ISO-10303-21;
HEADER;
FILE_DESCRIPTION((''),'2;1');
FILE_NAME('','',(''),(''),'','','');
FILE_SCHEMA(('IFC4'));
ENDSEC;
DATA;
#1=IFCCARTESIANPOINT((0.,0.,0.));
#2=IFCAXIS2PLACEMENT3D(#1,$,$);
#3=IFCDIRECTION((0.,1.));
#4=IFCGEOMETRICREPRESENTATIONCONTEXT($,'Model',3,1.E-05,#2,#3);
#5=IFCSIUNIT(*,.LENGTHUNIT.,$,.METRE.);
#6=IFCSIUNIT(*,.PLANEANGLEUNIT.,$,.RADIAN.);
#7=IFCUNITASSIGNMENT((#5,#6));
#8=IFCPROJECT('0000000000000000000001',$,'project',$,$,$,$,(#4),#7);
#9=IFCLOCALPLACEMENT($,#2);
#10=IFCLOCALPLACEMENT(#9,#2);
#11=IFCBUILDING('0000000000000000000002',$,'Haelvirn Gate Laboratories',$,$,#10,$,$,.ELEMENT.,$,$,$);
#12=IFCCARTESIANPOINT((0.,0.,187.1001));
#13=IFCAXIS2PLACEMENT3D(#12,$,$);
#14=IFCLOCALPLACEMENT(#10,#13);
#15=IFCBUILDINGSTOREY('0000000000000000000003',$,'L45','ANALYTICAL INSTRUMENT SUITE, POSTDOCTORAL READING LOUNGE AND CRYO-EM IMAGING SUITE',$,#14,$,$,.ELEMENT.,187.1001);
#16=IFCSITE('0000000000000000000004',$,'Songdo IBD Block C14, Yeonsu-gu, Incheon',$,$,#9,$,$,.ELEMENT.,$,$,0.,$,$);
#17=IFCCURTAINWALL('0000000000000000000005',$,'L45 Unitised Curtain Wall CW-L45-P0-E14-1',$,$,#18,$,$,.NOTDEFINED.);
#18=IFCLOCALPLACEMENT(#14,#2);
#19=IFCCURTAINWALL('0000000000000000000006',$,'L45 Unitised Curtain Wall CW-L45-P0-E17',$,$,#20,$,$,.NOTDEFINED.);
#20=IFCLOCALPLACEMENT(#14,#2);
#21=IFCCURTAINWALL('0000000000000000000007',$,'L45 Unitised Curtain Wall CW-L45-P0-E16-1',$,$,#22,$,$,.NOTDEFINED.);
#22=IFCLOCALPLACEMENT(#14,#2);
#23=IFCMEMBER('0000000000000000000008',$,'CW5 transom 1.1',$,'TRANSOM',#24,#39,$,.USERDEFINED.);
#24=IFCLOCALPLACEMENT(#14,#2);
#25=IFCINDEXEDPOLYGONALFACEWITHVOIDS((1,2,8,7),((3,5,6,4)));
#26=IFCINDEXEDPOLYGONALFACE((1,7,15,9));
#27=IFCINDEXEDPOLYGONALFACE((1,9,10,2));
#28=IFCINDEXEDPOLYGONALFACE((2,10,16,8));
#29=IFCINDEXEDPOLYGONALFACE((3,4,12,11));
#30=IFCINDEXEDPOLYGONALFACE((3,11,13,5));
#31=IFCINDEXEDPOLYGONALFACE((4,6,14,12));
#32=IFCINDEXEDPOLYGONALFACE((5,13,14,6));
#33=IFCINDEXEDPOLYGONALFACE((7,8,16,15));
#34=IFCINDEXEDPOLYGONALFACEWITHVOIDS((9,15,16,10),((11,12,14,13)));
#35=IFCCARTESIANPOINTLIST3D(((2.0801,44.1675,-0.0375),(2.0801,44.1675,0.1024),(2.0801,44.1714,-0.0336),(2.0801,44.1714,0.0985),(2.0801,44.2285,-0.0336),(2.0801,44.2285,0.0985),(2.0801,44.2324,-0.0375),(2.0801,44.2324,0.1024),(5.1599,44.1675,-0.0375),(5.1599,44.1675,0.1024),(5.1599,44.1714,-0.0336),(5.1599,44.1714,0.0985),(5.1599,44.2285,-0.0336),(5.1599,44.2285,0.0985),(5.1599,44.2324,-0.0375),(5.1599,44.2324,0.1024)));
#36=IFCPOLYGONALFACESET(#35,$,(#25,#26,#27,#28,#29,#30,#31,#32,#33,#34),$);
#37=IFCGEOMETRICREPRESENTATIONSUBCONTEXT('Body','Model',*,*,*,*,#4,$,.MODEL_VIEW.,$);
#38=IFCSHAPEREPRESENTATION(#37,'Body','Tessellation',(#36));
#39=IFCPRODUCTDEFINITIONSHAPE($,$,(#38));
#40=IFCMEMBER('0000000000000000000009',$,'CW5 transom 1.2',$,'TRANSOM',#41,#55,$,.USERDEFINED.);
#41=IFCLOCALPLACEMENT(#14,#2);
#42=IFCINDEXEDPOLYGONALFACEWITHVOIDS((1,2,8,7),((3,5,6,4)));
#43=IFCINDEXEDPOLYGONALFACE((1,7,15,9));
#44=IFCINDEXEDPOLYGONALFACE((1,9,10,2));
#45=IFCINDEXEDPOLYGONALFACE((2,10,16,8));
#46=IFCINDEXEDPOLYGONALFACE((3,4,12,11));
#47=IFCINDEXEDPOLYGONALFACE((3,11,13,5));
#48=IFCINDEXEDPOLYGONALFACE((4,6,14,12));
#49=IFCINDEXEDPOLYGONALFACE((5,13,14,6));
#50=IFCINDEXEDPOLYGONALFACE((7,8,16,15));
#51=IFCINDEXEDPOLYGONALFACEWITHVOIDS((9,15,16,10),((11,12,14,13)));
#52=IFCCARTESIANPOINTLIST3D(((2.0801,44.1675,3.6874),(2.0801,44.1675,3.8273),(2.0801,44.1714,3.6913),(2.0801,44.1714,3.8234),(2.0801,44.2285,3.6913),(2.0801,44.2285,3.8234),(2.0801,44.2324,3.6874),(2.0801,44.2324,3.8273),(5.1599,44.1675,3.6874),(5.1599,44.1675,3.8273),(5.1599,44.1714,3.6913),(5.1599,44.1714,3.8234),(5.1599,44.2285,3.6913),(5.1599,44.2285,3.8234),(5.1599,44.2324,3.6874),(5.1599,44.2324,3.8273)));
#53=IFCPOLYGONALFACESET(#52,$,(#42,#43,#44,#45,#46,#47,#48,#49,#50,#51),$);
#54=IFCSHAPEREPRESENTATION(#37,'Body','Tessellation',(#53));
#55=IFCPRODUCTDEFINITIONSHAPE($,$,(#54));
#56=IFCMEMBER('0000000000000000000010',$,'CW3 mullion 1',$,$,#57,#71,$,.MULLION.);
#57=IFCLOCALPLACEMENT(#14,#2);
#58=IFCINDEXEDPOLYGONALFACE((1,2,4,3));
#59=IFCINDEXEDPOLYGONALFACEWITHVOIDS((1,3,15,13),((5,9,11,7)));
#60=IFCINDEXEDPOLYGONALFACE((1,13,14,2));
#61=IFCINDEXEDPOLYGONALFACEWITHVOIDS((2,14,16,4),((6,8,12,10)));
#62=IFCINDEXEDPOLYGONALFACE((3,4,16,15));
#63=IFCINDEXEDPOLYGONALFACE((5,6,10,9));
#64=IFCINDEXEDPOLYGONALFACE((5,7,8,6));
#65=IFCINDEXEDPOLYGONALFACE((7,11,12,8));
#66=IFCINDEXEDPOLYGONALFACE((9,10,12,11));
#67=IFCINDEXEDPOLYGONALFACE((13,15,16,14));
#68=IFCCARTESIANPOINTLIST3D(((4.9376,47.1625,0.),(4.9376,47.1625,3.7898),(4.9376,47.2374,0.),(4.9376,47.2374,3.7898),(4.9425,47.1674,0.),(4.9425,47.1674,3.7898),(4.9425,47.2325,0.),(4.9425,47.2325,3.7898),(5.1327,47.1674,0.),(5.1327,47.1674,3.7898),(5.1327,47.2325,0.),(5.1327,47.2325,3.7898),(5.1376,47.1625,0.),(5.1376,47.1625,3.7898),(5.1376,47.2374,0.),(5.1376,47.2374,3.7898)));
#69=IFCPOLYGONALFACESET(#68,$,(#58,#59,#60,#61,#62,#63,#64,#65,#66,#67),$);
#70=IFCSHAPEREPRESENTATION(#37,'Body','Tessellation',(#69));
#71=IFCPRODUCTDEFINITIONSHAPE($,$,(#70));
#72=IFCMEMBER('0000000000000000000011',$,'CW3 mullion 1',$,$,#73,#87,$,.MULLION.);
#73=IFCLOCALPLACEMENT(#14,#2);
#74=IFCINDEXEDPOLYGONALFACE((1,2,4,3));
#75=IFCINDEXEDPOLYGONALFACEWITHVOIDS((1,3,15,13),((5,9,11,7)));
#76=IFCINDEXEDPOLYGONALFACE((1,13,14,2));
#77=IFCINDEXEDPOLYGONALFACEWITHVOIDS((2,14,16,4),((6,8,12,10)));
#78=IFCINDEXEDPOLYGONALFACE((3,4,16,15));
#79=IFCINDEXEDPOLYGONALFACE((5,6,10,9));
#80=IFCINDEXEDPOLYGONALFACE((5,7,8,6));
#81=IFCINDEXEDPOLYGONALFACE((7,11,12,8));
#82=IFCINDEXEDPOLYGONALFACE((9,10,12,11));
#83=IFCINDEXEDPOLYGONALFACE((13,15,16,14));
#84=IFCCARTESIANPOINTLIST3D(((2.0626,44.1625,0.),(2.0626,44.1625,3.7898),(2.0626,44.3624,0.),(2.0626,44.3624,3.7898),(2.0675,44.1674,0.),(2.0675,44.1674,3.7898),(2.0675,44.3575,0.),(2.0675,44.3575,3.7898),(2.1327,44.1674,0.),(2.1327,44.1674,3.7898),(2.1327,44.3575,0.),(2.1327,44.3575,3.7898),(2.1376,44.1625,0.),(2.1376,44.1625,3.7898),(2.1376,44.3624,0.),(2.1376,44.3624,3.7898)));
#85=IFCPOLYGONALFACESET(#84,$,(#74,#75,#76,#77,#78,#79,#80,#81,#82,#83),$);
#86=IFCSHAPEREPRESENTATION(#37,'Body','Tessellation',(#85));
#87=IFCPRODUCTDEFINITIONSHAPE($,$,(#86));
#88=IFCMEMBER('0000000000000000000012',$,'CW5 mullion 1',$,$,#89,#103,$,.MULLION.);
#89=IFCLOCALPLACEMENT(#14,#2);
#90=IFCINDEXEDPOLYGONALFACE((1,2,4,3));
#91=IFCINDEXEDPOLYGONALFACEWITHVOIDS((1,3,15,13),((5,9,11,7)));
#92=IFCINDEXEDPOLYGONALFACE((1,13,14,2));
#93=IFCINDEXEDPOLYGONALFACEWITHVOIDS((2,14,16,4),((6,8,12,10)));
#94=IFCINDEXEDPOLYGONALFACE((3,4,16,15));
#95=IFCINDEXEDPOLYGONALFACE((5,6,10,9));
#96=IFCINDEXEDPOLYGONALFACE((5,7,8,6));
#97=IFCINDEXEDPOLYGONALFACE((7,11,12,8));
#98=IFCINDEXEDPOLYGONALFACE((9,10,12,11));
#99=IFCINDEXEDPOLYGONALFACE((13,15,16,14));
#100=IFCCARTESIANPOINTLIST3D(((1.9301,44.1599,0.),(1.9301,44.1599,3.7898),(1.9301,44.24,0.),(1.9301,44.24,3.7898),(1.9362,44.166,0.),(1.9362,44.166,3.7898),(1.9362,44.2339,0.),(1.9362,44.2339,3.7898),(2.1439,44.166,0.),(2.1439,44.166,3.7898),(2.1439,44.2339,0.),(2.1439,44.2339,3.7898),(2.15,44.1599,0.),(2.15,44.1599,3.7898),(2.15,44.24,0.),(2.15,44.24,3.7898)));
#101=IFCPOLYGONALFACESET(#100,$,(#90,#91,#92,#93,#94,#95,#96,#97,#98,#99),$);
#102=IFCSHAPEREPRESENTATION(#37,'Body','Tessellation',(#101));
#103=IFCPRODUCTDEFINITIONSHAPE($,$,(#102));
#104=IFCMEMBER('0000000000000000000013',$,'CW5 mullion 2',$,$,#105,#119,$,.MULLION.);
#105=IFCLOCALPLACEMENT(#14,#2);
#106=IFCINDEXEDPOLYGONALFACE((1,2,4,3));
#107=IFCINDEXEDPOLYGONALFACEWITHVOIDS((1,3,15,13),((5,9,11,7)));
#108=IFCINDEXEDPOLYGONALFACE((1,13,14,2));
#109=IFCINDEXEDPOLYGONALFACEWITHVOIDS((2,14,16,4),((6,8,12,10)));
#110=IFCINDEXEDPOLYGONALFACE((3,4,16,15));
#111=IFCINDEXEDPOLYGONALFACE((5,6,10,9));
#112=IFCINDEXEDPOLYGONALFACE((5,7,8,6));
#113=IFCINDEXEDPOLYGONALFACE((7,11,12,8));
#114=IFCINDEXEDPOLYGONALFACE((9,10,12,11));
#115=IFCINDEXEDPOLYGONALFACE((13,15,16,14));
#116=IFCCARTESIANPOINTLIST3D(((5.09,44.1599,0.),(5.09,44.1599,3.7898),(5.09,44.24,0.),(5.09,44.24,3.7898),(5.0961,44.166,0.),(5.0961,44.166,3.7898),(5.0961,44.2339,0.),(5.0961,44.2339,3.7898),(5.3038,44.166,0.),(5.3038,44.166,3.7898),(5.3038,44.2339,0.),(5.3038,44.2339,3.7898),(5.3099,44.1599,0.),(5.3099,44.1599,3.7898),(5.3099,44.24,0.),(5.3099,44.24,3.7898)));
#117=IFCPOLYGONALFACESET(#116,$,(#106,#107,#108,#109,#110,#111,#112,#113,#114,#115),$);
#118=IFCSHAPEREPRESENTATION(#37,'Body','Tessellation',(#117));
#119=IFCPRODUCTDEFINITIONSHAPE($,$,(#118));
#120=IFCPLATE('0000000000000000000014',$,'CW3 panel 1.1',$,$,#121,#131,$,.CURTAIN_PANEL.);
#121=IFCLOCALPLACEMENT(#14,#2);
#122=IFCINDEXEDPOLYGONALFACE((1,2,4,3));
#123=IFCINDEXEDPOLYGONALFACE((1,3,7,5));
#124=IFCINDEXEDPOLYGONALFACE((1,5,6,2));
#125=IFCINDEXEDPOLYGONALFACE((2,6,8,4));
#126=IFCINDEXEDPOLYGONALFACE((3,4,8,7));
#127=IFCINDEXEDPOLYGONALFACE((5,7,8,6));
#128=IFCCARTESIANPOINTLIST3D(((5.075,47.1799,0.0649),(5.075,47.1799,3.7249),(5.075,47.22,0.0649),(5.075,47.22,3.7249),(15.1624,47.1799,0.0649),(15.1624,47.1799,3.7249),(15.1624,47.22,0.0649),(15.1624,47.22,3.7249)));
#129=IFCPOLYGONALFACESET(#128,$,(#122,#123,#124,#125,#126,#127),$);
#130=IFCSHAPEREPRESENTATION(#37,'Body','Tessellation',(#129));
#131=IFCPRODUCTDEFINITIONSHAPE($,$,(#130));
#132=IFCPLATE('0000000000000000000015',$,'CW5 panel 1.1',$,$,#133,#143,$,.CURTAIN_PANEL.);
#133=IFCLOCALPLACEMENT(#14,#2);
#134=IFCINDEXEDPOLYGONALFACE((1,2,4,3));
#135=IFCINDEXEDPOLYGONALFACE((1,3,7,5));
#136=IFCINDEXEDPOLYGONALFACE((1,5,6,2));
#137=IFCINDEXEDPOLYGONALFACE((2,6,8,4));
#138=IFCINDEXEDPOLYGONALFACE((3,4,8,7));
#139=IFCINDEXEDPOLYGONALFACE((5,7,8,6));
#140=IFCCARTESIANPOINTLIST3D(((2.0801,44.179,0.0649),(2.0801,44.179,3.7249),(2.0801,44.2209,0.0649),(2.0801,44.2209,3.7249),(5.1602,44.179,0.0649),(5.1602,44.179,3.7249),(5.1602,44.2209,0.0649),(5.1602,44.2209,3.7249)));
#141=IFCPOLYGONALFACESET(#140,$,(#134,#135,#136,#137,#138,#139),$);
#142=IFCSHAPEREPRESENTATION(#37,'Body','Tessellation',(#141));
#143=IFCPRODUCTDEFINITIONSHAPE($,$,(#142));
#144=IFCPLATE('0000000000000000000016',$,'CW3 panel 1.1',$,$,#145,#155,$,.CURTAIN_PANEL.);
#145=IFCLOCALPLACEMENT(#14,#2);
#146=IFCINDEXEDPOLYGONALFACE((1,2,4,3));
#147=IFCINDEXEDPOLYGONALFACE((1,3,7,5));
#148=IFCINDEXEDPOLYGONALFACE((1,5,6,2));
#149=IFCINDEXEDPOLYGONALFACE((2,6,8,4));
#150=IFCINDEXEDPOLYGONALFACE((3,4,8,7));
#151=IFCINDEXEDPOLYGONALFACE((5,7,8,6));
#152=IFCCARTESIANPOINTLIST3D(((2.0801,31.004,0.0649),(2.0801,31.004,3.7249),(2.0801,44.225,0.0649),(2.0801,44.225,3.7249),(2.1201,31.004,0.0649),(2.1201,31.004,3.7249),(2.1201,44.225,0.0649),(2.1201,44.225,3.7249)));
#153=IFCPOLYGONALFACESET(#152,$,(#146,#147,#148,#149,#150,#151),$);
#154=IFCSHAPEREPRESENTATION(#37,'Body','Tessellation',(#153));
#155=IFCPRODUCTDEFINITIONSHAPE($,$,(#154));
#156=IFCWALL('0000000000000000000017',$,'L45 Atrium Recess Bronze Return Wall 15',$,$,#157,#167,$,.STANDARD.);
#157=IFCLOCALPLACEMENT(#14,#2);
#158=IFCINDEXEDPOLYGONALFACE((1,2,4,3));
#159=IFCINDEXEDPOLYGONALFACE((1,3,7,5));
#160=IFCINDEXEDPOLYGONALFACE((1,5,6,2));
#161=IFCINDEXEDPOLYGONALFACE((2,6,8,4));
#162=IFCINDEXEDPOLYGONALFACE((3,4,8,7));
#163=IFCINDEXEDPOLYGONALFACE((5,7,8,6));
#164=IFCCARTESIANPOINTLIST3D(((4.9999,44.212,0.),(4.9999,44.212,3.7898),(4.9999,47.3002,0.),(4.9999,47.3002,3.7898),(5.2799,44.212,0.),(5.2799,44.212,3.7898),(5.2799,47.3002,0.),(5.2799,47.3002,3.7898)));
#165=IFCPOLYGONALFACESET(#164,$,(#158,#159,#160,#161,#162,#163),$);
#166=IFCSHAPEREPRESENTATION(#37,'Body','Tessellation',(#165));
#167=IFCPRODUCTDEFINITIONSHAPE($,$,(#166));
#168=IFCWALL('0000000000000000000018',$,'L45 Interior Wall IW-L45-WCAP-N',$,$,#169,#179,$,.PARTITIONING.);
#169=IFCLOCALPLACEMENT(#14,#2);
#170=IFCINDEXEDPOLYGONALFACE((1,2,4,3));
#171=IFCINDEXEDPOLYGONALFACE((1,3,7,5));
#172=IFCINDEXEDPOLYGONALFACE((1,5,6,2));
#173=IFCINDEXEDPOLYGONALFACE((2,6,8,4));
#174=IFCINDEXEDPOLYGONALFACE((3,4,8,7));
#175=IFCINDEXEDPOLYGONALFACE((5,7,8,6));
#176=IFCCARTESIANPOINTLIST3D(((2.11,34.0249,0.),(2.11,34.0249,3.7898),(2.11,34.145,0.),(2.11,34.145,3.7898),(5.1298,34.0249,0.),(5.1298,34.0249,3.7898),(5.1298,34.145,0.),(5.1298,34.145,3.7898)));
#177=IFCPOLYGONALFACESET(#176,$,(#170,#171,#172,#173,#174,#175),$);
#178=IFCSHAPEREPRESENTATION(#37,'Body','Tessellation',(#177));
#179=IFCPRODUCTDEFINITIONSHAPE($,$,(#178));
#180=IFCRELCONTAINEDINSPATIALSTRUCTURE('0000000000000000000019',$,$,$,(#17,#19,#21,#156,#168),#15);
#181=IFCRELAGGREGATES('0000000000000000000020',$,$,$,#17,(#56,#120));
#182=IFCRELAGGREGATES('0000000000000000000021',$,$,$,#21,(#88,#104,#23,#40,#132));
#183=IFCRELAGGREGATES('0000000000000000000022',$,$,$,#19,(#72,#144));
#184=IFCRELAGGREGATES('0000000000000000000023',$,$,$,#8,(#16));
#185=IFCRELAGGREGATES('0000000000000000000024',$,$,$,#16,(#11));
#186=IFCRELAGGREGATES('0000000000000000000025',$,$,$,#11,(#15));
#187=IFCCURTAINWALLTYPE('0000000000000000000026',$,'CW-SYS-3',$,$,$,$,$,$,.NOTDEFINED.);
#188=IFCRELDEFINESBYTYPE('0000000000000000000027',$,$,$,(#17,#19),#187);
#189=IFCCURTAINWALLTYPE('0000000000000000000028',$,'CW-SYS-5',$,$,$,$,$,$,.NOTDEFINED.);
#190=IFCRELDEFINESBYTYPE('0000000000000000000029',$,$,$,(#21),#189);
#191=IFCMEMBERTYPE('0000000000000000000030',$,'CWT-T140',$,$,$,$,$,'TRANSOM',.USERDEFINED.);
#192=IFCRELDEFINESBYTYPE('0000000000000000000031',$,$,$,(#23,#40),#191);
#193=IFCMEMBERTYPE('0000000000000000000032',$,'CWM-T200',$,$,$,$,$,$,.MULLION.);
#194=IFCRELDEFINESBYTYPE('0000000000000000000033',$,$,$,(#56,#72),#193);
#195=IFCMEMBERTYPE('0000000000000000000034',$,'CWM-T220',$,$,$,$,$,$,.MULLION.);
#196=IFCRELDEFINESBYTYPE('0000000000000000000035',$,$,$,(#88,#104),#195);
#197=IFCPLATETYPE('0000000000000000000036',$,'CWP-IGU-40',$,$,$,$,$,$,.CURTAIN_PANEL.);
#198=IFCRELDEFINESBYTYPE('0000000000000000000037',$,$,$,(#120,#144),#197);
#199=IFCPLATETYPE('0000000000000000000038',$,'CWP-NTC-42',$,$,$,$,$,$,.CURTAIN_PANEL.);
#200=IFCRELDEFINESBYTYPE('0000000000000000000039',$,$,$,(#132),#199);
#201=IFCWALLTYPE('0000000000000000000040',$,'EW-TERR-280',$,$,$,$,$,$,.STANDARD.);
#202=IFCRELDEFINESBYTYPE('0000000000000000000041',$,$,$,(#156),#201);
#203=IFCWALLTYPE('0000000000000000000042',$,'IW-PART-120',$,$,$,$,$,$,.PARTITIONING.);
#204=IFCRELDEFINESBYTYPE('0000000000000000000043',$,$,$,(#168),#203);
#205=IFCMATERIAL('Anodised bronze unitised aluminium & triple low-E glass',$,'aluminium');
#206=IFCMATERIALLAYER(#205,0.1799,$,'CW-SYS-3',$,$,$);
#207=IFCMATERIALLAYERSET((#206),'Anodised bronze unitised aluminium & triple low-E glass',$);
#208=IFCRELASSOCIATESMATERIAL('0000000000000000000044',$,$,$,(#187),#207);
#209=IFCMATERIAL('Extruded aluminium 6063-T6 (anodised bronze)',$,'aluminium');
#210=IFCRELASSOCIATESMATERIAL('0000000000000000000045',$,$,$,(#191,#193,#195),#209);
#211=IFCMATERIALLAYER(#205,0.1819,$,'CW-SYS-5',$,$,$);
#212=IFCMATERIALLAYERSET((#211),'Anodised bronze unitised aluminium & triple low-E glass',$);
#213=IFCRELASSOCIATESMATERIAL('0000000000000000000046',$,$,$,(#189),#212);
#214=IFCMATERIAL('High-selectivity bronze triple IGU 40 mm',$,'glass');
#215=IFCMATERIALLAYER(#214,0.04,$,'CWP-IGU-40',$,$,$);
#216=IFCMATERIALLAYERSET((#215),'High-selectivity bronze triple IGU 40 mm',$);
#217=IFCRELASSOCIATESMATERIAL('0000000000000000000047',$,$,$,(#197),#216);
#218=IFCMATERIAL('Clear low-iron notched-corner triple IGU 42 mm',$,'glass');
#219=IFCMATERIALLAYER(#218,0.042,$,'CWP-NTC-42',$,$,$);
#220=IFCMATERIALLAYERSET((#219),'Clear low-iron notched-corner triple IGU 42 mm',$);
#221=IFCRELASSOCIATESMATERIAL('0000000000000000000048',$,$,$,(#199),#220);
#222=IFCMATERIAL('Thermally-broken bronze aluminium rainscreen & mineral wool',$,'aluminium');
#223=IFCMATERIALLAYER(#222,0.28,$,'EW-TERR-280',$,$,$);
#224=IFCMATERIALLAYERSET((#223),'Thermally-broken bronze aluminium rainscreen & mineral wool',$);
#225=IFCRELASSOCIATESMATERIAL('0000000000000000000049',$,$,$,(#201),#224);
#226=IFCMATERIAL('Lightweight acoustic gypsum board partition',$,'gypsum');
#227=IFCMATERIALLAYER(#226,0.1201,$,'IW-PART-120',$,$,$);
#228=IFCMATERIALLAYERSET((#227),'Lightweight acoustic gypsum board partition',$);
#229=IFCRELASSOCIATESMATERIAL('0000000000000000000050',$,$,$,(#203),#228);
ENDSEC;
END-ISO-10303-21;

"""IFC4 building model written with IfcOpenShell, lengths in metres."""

from ifc_helpers import new_model, si_unit, direction, frame, frame_2d, origin, origin_2d, place, context, subcontext, project, spatial, rectangle, hollow_rectangle, extrude, source, transform, mapped, material, layer, layer_set, material_profile, profile_set, type_object, type_shapes, element, aggregate, save


model = new_model("IFC4")

# Units and contexts
model_context = context("Model", 3, precision=1e-05, world=origin(), true_north=direction((0.0, 1.0)))
body_context = subcontext(model_context, "Body", "Model", "MODEL_VIEW")
ifc_project = project(units=[si_unit("LENGTHUNIT", "METRE"), si_unit("PLANEANGLEUNIT", "RADIAN")], contexts=[model_context])

# Site, building, storey
site_placement = place(None, origin())
site = spatial("IfcSite", under=ifc_project, at=site_placement, Name="Songdo IBD Block C14, Yeonsu-gu, Incheon", CompositionType="ELEMENT", RefElevation=0.0)
building_placement = place(site_placement, origin())
building = spatial("IfcBuilding", under=site, at=building_placement, Name="Haelvirn Gate Laboratories", CompositionType="ELEMENT")
storey_placement = place(building_placement, frame((0.0, 0.0, 187.1001)))
storey = spatial("IfcBuildingStorey", under=building, at=storey_placement, Name="L45", Description="ANALYTICAL INSTRUMENT SUITE, POSTDOCTORAL READING LOUNGE AND CRYO-EM IMAGING SUITE", CompositionType="ELEMENT", Elevation=187.1001)

# Curtain walls, members
ifc_material_1 = material(Name="Anodised bronze unitised aluminium & triple low-E glass", Category="aluminium")
ifc_layer_1 = layer(ifc_material_1, 0.1799, Name="CW-SYS-3")
ifc_layer_set_1 = layer_set([ifc_layer_1], Name="Anodised bronze unitised aluminium & triple low-E glass")
curtain_wall_type_1 = type_object("IfcCurtainWallType", Name="CW-SYS-3", PredefinedType="NOTDEFINED", material=ifc_layer_set_1)
curtain_wall_1_placement = place(storey_placement, origin())
curtain_wall_1 = element("IfcCurtainWall", 1, at=curtain_wall_1_placement, inside=storey, type_object=curtain_wall_type_1, Name="L45 Unitised Curtain Wall CW-L45-P0-E14-1", PredefinedType="NOTDEFINED")
ifc_material_2 = material(Name="Extruded aluminium 6063-T6 (anodised bronze)", Category="aluminium")
ifc_material_profile_1 = material_profile(ifc_material_2, hollow_rectangle(XDim=0.0649, YDim=0.1399, WallThickness=0.0039, at=origin_2d()), Name="CWT-140x65x4")
ifc_profile_set_1 = profile_set([ifc_material_profile_1], Name="Extruded aluminium 6063-T6 (anodised bronze)")
member_type_1 = type_object("IfcMemberType", Name="CWT-T140", ElementType="TRANSOM", PredefinedType="USERDEFINED", material=ifc_profile_set_1)
curtain_wall_2_placement = place(storey_placement, origin())
curtain_wall_2 = element("IfcCurtainWall", 2, at=curtain_wall_2_placement, inside=storey, type_object=curtain_wall_type_1, Name="L45 Unitised Curtain Wall CW-L45-P0-E17", PredefinedType="NOTDEFINED")
ifc_layer_2 = layer(ifc_material_1, 0.1819, Name="CW-SYS-5")
ifc_layer_set_2 = layer_set([ifc_layer_2], Name="Anodised bronze unitised aluminium & triple low-E glass")
curtain_wall_type_2 = type_object("IfcCurtainWallType", Name="CW-SYS-5", PredefinedType="NOTDEFINED", material=ifc_layer_set_2)
curtain_wall_3_placement = place(storey_placement, origin())
curtain_wall_3 = element("IfcCurtainWall", 3, at=curtain_wall_3_placement, inside=storey, type_object=curtain_wall_type_2, Name="L45 Unitised Curtain Wall CW-L45-P0-E16-1", PredefinedType="NOTDEFINED")
shared_shape_1 = source(origin(), body_context, "Body", "SweptSolid", [
    extrude(hollow_rectangle(XDim=0.0649, YDim=0.1399, WallThickness=0.0039, at=origin_2d()), origin(), (0.0, 0.0, 1.0), 3.0798),
])
member_1_placement = place(storey_placement, frame((2.0801, 44.2, 0.0325), z_axis=(1.0, 0.0, 0.0), x_axis=(0.0, 1.0, 0.0)))
member_1 = element("IfcMember", 4, at=member_1_placement, type_object=member_type_1, Name="CW5 transom 1.1", ObjectType="TRANSOM", PredefinedType="USERDEFINED", context=body_context, shape_type="MappedRepresentation", body=[
    mapped(shared_shape_1, transform((0.0, 0.0, 0.0), scale=1.0)),
])
member_2_placement = place(storey_placement, frame((2.0801, 44.2, 3.7573), z_axis=(1.0, 0.0, 0.0), x_axis=(0.0, 1.0, 0.0)))
member_2 = element("IfcMember", 5, at=member_2_placement, type_object=member_type_1, Name="CW5 transom 1.2", ObjectType="TRANSOM", PredefinedType="USERDEFINED", context=body_context, shape_type="MappedRepresentation", body=[
    mapped(shared_shape_1, transform((0.0, 0.0, 0.0), scale=1.0)),
])

# Members
ifc_material_profile_2 = material_profile(ifc_material_2, hollow_rectangle(XDim=0.075, YDim=0.2, WallThickness=0.0049, at=origin_2d()), Name="CWM-200x75x5")
ifc_profile_set_2 = profile_set([ifc_material_profile_2], Name="Extruded aluminium 6063-T6 (anodised bronze)")
member_type_2 = type_object("IfcMemberType", Name="CWM-T200", PredefinedType="MULLION", material=ifc_profile_set_2)
shared_shape_2 = source(origin(), body_context, "Body", "SweptSolid", [
    extrude(hollow_rectangle(XDim=0.075, YDim=0.2, WallThickness=0.0049, at=origin_2d()), origin(), (0.0, 0.0, 1.0), 3.7898),
])
type_shapes(member_type_2, [shared_shape_2])
member_3_placement = place(storey_placement, frame((5.0376, 47.2, 0.0), z_axis=(0.0, 0.0, 1.0), x_axis=(0.0, 1.0, 0.0)))
member_3 = element("IfcMember", 6, at=member_3_placement, type_object=member_type_2, Name="CW3 mullion 1", PredefinedType="MULLION", context=body_context, shape_type="MappedRepresentation", body=[
    mapped(shared_shape_2, transform((0.0, 0.0, 0.0), scale=1.0)),
])
member_4_placement = place(storey_placement, frame((2.1001, 44.2625, 0.0), z_axis=(0.0, 0.0, 1.0), x_axis=(1.0, 0.0, 0.0)))
member_4 = element("IfcMember", 7, at=member_4_placement, type_object=member_type_2, Name="CW3 mullion 1", PredefinedType="MULLION", context=body_context, shape_type="MappedRepresentation", body=[
    mapped(shared_shape_2, transform((0.0, 0.0, 0.0), scale=1.0)),
])
ifc_material_profile_3 = material_profile(ifc_material_2, hollow_rectangle(XDim=0.0801, YDim=0.22, WallThickness=0.0061, at=origin_2d()), Name="CWM-220x80x6")
ifc_profile_set_3 = profile_set([ifc_material_profile_3], Name="Extruded aluminium 6063-T6 (anodised bronze)")
member_type_3 = type_object("IfcMemberType", Name="CWM-T220", PredefinedType="MULLION", material=ifc_profile_set_3)
shared_shape_3 = source(origin(), body_context, "Body", "SweptSolid", [
    extrude(hollow_rectangle(XDim=0.0801, YDim=0.22, WallThickness=0.0061, at=origin_2d()), origin(), (0.0, 0.0, 1.0), 3.7898),
])
type_shapes(member_type_3, [shared_shape_3])
member_5_placement = place(storey_placement, frame((2.04, 44.2, 0.0), z_axis=(0.0, 0.0, 1.0), x_axis=(0.0, 1.0, 0.0)))
member_5 = element("IfcMember", 8, at=member_5_placement, type_object=member_type_3, Name="CW5 mullion 1", PredefinedType="MULLION", context=body_context, shape_type="MappedRepresentation", body=[
    mapped(shared_shape_3, transform((0.0, 0.0, 0.0), scale=1.0)),
])
member_6_placement = place(storey_placement, frame((5.2, 44.2, 0.0), z_axis=(0.0, 0.0, 1.0), x_axis=(0.0, 1.0, 0.0)))
member_6 = element("IfcMember", 9, at=member_6_placement, type_object=member_type_3, Name="CW5 mullion 2", PredefinedType="MULLION", context=body_context, shape_type="MappedRepresentation", body=[
    mapped(shared_shape_3, transform((0.0, 0.0, 0.0), scale=1.0)),
])

# Plates
ifc_material_3 = material(Name="High-selectivity bronze triple IGU 40 mm", Category="glass")
ifc_layer_3 = layer(ifc_material_3, 0.04, Name="CWP-IGU-40")
ifc_layer_set_3 = layer_set([ifc_layer_3], Name="High-selectivity bronze triple IGU 40 mm")
plate_type_1 = type_object("IfcPlateType", Name="CWP-IGU-40", PredefinedType="CURTAIN_PANEL", material=ifc_layer_set_3)
shared_shape_4 = source(origin(), body_context, "Body", "SweptSolid", [
    extrude(rectangle(XDim=10.0874, YDim=0.04, at=origin_2d()), origin(), (0.0, 0.0, 1.0), 3.6599),
])
plate_1_placement = place(storey_placement, frame((10.1187, 47.2, 0.0649), z_axis=(0.0, 0.0, 1.0), x_axis=(1.0, 0.0, 0.0)))
plate_1 = element("IfcPlate", 10, at=plate_1_placement, type_object=plate_type_1, Name="CW3 panel 1.1", PredefinedType="CURTAIN_PANEL", context=body_context, shape_type="MappedRepresentation", body=[
    mapped(shared_shape_4, transform((0.0, 0.0, 0.0), scale=1.0)),
])
aggregate(curtain_wall_1, [member_3, plate_1])
ifc_material_4 = material(Name="Clear low-iron notched-corner triple IGU 42 mm", Category="glass")
ifc_layer_4 = layer(ifc_material_4, 0.042, Name="CWP-NTC-42")
ifc_layer_set_4 = layer_set([ifc_layer_4], Name="Clear low-iron notched-corner triple IGU 42 mm")
plate_type_2 = type_object("IfcPlateType", Name="CWP-NTC-42", PredefinedType="CURTAIN_PANEL", material=ifc_layer_set_4)
shared_shape_5 = source(origin(), body_context, "Body", "SweptSolid", [
    extrude(rectangle(XDim=3.0801, YDim=0.042, at=origin_2d()), origin(), (0.0, 0.0, 1.0), 3.6599),
])
type_shapes(plate_type_2, [shared_shape_5])
plate_2_placement = place(storey_placement, frame((3.6201, 44.2, 0.0649), z_axis=(0.0, 0.0, 1.0), x_axis=(1.0, 0.0, 0.0)))
plate_2 = element("IfcPlate", 11, at=plate_2_placement, type_object=plate_type_2, Name="CW5 panel 1.1", PredefinedType="CURTAIN_PANEL", context=body_context, shape_type="MappedRepresentation", body=[
    mapped(shared_shape_5, transform((0.0, 0.0, 0.0), scale=1.0)),
])
aggregate(curtain_wall_3, [member_5, member_6, member_1, member_2, plate_2])
shared_shape_6 = source(origin(), body_context, "Body", "SweptSolid", [
    extrude(rectangle(XDim=13.2209, YDim=0.04, at=origin_2d()), origin(), (0.0, 0.0, 1.0), 3.6599),
])
type_shapes(plate_type_1, [shared_shape_4, shared_shape_6])
plate_3_placement = place(storey_placement, frame((2.1001, 37.6145, 0.0649), z_axis=(0.0, 0.0, 1.0), x_axis=(0.0, -1.0, 0.0)))
plate_3 = element("IfcPlate", 12, at=plate_3_placement, type_object=plate_type_1, Name="CW3 panel 1.1", PredefinedType="CURTAIN_PANEL", context=body_context, shape_type="MappedRepresentation", body=[
    mapped(shared_shape_6, transform((0.0, 0.0, 0.0), scale=1.0)),
])
aggregate(curtain_wall_2, [member_4, plate_3])

# Walls
ifc_material_5 = material(Name="Thermally-broken bronze aluminium rainscreen & mineral wool", Category="aluminium")
ifc_layer_5 = layer(ifc_material_5, 0.28, Name="EW-TERR-280")
ifc_layer_set_5 = layer_set([ifc_layer_5], Name="Thermally-broken bronze aluminium rainscreen & mineral wool")
wall_type_1 = type_object("IfcWallType", Name="EW-TERR-280", PredefinedType="STANDARD", material=ifc_layer_set_5)
wall_1_placement = place(storey_placement, frame((5.1399, 47.3, 0.0), z_axis=(0.0, 0.0, 1.0), x_axis=(0.0, -1.0, 0.0)))
element("IfcWall", 13, at=wall_1_placement, inside=storey, type_object=wall_type_1, Name="L45 Atrium Recess Bronze Return Wall 15", PredefinedType="STANDARD", context=body_context, shape_type="SweptSolid", body=[
    extrude(rectangle(XDim=3.0881, YDim=0.28, at=frame_2d((1.5439, 0.0))), origin(), (0.0, 0.0, 1.0), 3.7898),
])
ifc_material_6 = material(Name="Lightweight acoustic gypsum board partition", Category="gypsum")
ifc_layer_6 = layer(ifc_material_6, 0.1201, Name="IW-PART-120")
ifc_layer_set_6 = layer_set([ifc_layer_6], Name="Lightweight acoustic gypsum board partition")
wall_type_2 = type_object("IfcWallType", Name="IW-PART-120", PredefinedType="PARTITIONING", material=ifc_layer_set_6)
wall_2_placement = place(storey_placement, frame((2.1101, 34.085, 0.0), z_axis=(0.0, 0.0, 1.0), x_axis=(1.0, 0.0, 0.0)))
element("IfcWall", 14, at=wall_2_placement, inside=storey, type_object=wall_type_2, Name="L45 Interior Wall IW-L45-WCAP-N", PredefinedType="PARTITIONING", context=body_context, shape_type="SweptSolid", body=[
    extrude(rectangle(XDim=3.0198, YDim=0.1201, at=frame_2d((1.5098, 0.0))), origin(), (0.0, 0.0, 1.0), 3.7898),
])

save(model, "model.ifc")
